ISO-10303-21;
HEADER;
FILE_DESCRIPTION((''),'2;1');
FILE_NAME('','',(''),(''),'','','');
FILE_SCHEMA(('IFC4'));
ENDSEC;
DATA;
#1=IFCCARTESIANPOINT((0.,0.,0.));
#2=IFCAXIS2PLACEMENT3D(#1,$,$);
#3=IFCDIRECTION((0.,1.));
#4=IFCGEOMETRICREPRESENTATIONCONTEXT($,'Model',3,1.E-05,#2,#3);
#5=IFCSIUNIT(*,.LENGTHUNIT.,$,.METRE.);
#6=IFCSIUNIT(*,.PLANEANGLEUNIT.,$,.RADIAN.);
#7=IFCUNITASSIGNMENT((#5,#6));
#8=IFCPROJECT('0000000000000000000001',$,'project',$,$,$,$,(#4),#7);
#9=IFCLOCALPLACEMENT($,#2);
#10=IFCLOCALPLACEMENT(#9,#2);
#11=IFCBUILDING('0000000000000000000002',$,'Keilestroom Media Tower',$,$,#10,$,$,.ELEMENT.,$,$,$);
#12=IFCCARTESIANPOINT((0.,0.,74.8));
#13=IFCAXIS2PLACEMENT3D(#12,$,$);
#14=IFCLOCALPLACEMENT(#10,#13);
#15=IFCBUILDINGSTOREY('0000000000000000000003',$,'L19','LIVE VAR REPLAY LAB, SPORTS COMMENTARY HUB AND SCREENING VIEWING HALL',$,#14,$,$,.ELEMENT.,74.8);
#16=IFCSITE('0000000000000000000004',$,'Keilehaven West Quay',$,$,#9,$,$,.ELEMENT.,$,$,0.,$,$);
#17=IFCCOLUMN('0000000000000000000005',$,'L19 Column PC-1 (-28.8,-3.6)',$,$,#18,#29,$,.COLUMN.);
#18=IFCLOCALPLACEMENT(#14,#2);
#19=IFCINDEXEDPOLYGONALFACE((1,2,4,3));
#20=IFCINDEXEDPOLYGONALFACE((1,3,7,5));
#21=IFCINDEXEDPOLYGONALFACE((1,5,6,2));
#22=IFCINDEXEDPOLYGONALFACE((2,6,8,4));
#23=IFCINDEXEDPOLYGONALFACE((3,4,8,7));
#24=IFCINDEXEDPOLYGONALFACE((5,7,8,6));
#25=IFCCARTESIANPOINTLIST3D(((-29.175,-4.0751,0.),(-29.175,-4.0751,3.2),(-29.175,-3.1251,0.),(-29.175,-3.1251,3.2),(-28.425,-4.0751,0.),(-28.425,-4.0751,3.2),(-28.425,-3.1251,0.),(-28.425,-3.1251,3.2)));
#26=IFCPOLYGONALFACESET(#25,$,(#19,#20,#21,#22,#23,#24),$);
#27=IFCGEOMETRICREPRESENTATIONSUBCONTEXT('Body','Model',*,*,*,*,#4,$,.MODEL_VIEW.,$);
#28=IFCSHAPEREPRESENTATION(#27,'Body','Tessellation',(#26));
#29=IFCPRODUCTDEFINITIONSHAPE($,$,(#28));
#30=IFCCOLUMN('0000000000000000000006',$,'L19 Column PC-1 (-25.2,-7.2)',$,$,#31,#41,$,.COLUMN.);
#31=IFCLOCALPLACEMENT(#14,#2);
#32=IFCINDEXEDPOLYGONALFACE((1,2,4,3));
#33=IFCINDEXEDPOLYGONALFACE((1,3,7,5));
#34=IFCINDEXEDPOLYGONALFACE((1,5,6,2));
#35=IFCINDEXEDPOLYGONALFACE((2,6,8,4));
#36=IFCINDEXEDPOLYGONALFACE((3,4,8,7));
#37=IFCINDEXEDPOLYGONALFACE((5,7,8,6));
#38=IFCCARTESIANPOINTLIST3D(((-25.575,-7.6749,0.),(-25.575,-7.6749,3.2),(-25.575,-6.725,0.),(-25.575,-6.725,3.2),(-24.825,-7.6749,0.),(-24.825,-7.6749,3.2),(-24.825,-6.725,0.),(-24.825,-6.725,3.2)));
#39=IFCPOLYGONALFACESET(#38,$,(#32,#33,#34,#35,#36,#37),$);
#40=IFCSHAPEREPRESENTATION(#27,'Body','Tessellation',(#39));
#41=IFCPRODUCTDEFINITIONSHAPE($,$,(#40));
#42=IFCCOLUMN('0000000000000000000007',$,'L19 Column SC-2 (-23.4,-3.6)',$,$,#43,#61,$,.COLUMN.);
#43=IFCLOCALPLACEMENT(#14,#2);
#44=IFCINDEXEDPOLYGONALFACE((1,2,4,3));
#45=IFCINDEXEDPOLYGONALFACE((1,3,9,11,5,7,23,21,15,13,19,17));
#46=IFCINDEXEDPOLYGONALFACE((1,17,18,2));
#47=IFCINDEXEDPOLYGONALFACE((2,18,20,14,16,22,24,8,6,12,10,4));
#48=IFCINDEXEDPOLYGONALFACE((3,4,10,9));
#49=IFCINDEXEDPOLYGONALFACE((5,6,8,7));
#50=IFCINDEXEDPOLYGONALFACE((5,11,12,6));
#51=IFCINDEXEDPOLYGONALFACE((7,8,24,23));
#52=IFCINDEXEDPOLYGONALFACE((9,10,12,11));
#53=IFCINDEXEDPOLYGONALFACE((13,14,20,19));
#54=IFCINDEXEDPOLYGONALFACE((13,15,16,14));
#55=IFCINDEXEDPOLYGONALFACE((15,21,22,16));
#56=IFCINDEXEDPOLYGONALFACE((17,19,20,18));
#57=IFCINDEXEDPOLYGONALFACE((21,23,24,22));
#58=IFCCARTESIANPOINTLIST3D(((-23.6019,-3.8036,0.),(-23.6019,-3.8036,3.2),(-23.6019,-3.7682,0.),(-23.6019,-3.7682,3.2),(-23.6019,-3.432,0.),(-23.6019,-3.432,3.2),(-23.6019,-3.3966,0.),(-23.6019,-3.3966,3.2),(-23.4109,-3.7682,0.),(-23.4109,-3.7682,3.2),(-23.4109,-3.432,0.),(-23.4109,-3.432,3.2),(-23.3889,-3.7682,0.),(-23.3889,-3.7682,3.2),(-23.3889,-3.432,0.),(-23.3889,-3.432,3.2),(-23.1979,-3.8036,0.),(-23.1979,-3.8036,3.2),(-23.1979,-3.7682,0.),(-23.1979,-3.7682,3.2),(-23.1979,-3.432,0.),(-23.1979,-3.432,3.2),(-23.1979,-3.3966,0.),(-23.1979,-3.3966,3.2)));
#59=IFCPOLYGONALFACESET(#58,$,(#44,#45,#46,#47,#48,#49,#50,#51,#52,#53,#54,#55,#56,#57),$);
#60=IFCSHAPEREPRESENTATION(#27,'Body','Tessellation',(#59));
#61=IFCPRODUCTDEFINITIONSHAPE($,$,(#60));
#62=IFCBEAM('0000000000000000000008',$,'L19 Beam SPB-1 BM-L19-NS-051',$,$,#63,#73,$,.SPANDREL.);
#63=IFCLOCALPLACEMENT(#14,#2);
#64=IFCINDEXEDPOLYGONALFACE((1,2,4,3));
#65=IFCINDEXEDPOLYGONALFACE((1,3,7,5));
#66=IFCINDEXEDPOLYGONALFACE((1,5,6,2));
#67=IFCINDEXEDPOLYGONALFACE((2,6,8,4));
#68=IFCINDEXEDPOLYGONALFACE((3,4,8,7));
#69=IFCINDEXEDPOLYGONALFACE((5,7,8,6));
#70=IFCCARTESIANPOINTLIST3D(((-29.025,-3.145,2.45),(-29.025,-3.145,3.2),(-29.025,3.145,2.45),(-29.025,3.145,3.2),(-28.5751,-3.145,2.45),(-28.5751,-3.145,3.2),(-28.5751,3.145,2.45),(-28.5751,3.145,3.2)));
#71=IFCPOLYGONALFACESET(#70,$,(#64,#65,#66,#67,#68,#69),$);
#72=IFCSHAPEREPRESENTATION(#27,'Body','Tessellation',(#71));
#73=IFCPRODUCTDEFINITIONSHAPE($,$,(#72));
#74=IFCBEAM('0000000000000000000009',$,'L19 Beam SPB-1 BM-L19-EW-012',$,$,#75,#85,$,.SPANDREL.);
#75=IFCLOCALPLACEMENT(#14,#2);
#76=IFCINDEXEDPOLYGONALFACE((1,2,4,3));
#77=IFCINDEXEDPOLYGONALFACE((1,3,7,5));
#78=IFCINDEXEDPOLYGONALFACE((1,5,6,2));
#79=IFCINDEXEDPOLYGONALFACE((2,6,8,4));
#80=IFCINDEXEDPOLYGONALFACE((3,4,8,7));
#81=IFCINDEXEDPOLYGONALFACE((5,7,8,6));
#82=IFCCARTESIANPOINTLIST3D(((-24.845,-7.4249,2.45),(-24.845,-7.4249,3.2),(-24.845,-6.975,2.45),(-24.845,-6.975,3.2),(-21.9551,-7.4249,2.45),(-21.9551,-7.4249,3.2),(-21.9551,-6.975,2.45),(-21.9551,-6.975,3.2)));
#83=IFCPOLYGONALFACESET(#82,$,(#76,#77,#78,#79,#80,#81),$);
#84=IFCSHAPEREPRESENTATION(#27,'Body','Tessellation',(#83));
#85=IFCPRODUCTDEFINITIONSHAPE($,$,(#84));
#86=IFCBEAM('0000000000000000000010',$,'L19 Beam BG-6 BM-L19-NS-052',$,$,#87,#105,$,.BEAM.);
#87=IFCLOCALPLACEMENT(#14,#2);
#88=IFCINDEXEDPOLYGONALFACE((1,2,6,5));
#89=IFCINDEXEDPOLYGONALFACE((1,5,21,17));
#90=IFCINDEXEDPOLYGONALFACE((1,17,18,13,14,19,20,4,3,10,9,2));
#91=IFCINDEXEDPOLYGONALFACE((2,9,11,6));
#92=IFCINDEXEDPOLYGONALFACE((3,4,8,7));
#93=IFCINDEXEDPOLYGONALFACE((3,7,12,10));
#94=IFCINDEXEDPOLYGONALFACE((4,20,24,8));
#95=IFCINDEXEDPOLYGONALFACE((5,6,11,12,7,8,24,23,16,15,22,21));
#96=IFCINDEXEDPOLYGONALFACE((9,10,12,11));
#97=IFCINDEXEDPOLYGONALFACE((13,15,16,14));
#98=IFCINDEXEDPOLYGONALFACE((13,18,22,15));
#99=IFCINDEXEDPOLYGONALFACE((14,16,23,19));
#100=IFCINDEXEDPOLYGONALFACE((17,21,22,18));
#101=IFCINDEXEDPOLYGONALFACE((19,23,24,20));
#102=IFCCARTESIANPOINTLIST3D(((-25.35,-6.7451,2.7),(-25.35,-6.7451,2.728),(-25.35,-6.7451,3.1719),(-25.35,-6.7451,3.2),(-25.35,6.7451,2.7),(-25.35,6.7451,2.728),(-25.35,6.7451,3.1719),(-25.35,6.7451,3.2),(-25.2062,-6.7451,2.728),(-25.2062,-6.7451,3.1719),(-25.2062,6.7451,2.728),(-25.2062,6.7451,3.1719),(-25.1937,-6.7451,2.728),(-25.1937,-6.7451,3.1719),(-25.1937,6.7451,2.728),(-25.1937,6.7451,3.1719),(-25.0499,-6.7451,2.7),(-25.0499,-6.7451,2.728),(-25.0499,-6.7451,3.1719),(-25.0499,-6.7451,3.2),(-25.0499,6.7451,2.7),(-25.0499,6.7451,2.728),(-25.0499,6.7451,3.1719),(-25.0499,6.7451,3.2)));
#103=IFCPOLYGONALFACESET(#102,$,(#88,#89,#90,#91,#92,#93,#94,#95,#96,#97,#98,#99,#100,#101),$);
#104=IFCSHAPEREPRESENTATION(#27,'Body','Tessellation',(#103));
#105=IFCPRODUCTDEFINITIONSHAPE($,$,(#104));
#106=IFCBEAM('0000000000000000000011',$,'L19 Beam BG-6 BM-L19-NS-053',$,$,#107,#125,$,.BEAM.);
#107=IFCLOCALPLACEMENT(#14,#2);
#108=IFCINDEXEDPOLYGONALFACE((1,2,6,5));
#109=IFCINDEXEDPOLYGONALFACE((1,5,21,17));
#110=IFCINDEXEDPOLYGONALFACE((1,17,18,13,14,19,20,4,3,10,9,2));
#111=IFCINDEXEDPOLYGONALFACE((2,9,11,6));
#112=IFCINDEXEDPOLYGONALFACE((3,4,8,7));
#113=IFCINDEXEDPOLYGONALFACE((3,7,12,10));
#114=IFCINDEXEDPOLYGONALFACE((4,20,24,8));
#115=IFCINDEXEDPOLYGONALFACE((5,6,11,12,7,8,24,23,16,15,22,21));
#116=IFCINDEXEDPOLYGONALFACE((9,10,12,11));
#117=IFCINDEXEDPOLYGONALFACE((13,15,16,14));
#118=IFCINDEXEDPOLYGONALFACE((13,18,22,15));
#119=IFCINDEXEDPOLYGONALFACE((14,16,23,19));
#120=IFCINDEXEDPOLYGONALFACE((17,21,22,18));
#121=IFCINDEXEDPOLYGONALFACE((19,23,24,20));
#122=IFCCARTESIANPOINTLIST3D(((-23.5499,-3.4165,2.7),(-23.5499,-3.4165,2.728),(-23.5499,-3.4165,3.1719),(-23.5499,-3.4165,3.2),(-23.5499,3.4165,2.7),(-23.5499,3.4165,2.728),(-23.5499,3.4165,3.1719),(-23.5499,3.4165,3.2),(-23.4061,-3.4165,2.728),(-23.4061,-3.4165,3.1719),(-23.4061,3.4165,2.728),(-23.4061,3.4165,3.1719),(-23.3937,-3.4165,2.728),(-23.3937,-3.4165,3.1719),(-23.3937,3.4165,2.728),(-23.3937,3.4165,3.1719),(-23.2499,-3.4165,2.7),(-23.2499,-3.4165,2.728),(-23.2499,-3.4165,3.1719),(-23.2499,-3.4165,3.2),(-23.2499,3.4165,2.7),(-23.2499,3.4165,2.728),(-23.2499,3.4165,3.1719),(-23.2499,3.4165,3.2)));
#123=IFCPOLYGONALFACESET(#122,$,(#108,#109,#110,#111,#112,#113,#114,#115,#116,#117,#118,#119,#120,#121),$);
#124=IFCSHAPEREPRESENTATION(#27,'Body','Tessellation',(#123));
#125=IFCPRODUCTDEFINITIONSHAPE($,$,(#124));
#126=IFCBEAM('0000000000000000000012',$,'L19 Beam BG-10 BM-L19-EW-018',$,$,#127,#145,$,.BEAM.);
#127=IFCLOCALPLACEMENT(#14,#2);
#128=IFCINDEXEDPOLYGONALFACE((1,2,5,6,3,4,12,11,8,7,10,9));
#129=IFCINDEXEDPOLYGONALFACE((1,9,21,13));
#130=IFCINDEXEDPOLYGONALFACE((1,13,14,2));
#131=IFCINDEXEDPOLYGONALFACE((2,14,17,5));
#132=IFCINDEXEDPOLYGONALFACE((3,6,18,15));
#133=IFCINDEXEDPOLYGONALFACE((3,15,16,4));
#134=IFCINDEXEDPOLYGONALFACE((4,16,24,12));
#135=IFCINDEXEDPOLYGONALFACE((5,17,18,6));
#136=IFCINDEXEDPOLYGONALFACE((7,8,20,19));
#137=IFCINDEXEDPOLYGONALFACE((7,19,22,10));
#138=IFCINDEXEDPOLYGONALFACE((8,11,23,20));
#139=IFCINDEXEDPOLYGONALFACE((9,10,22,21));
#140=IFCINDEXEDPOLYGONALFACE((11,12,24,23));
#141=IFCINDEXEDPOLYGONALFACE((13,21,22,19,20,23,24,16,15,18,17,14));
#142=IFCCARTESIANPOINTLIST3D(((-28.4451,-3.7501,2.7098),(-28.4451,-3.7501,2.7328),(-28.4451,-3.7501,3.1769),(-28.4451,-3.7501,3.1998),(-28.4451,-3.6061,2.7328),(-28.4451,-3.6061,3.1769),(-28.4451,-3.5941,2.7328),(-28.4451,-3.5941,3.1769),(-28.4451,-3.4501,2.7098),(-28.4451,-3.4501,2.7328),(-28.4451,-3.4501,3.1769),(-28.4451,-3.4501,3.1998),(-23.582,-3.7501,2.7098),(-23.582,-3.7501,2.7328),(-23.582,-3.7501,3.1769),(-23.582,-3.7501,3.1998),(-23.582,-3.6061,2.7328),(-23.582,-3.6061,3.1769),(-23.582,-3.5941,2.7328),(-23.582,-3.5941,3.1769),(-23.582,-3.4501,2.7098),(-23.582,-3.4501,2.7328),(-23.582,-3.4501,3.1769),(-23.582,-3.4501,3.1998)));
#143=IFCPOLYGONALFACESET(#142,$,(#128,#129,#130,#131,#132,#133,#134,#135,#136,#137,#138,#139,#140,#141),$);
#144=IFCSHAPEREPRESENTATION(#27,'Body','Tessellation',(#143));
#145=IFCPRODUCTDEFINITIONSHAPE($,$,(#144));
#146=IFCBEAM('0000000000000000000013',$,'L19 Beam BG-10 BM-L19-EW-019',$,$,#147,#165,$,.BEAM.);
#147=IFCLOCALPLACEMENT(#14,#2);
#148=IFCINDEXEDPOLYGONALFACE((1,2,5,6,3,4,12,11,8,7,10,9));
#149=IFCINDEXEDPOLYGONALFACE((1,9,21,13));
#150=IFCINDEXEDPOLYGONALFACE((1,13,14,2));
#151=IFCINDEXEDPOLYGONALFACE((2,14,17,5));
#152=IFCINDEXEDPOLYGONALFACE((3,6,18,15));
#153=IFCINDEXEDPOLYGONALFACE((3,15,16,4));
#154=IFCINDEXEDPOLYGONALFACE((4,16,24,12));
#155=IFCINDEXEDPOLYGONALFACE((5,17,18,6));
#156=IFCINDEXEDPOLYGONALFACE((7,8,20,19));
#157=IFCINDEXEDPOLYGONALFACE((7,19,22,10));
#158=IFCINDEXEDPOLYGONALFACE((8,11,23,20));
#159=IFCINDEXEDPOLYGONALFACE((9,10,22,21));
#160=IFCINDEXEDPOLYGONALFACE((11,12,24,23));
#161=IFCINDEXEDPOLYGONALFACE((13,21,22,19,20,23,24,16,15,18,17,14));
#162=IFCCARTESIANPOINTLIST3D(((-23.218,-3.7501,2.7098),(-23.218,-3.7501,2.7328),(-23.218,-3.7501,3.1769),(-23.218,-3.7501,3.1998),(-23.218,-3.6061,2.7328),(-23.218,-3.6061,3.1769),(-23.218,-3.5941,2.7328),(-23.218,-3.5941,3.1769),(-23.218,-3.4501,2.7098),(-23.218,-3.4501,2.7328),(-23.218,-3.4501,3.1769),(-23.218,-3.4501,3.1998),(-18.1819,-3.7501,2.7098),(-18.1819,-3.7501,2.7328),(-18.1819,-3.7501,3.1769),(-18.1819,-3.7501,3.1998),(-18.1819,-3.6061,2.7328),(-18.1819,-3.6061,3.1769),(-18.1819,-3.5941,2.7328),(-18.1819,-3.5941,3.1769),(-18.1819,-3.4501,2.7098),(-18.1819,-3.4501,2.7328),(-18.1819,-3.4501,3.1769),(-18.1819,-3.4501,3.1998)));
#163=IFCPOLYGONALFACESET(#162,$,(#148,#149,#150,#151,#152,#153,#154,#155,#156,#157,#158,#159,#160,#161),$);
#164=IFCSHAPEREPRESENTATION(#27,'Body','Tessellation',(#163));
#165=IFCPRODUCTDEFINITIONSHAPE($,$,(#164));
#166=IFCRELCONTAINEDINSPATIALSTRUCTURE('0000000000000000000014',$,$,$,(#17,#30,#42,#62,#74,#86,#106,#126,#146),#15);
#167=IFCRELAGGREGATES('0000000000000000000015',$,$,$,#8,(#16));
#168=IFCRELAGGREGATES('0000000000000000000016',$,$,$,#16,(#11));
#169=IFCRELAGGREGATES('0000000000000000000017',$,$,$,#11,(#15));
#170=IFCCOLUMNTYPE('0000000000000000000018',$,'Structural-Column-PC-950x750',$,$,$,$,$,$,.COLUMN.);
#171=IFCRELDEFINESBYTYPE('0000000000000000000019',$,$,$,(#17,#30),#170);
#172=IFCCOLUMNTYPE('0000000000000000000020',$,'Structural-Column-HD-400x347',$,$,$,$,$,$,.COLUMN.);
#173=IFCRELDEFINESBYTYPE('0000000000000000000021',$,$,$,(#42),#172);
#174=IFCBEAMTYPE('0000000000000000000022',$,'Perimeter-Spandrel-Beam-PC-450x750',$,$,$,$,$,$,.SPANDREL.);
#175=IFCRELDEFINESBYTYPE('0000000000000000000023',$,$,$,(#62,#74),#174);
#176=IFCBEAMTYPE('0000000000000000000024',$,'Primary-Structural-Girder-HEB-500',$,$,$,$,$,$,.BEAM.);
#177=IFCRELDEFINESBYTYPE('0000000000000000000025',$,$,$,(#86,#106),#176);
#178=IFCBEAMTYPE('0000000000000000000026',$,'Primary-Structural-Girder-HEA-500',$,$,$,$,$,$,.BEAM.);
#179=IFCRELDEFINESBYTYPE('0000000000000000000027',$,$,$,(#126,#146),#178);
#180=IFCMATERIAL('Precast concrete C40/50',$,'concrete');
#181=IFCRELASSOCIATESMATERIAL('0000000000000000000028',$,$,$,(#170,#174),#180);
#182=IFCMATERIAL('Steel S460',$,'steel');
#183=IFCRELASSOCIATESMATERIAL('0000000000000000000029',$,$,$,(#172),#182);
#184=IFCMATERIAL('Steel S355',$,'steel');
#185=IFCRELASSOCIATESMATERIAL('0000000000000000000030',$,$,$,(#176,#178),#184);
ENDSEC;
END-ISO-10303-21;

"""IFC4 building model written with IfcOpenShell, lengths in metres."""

from ifc_helpers import new_model, si_unit, direction, frame, origin, origin_2d, place, context, subcontext, project, spatial, rectangle, i_section, extrude, source, transform, mapped, material, material_profile, profile_set, type_object, element, save


model = new_model("IFC4")

# Units and contexts
model_context = context("Model", 3, precision=1e-05, world=origin(), true_north=direction((0.0, 1.0)))
body_context = subcontext(model_context, "Body", "Model", "MODEL_VIEW")
ifc_project = project(units=[si_unit("LENGTHUNIT", "METRE"), si_unit("PLANEANGLEUNIT", "RADIAN")], contexts=[model_context])

# Site, building, storey
site_placement = place(None, origin())
site = spatial("IfcSite", under=ifc_project, at=site_placement, Name="Keilehaven West Quay", CompositionType="ELEMENT", RefElevation=0.0)
building_placement = place(site_placement, origin())
building = spatial("IfcBuilding", under=site, at=building_placement, Name="Keilestroom Media Tower", CompositionType="ELEMENT")
storey_placement = place(building_placement, frame((0.0, 0.0, 74.8)))
storey = spatial("IfcBuildingStorey", under=building, at=storey_placement, Name="L19", Description="LIVE VAR REPLAY LAB, SPORTS COMMENTARY HUB AND SCREENING VIEWING HALL", CompositionType="ELEMENT", Elevation=74.8)

# Columns
ifc_material_1 = material(Name="Precast concrete C40/50", Category="concrete")
ifc_material_profile_1 = material_profile(ifc_material_1, rectangle(XDim=0.75, YDim=0.95, at=origin_2d()), Name="PC 950x750")
ifc_profile_set_1 = profile_set([ifc_material_profile_1], Name="Precast concrete C40/50")
column_type_1 = type_object("IfcColumnType", Name="Structural-Column-PC-950x750", PredefinedType="COLUMN", material=ifc_profile_set_1)
shared_shape_1 = source(origin(), body_context, "Body", "SweptSolid", [
    extrude(rectangle(XDim=0.75, YDim=0.95, at=origin_2d()), origin(), (0.0, 0.0, 1.0), 3.2),
])
for number, where, z_axis, x_axis, name in (
    (1, (-28.8, -3.6001, 0.0), (0.0, 0.0, 1.0), (1.0, 0.0, 0.0), "L19 Column PC-1 (-28.8,-3.6)"),
    (2, (-25.2, -7.2, 0.0), (0.0, 0.0, 1.0), (1.0, 0.0, 0.0), "L19 Column PC-1 (-25.2,-7.2)"),
):
    element("IfcColumn", number, at=place(storey_placement, frame(where, z_axis=z_axis, x_axis=x_axis)), inside=storey, type_object=column_type_1, Name=name, PredefinedType="COLUMN", context=body_context, shape_type="MappedRepresentation", body=[
        mapped(shared_shape_1, transform((0.0, 0.0, 0.0), x_axis=(1.0, 0.0, 0.0), y_axis=(0.0, 1.0, 0.0), z_axis=(0.0, 0.0, 1.0), scale=1.0)),
    ])
ifc_material_2 = material(Name="Steel S460", Category="steel")
ifc_material_profile_2 = material_profile(ifc_material_2, i_section(OverallWidth=0.4041, OverallDepth=0.407, WebThickness=0.022, FlangeThickness=0.0354, at=origin_2d()), Name="HD 400x347")
ifc_profile_set_2 = profile_set([ifc_material_profile_2], Name="Steel S460")
column_type_2 = type_object("IfcColumnType", Name="Structural-Column-HD-400x347", PredefinedType="COLUMN", material=ifc_profile_set_2)
shared_shape_2 = source(origin(), body_context, "Body", "SweptSolid", [
    extrude(i_section(OverallWidth=0.4041, OverallDepth=0.407, WebThickness=0.022, FlangeThickness=0.0354, at=origin_2d()), origin(), (0.0, 0.0, 1.0), 3.2),
])
column_placement = place(storey_placement, frame((-23.3999, -3.6001, 0.0), z_axis=(0.0, 0.0, 1.0), x_axis=(1.0, 0.0, 0.0)))
element("IfcColumn", 3, at=column_placement, inside=storey, type_object=column_type_2, Name="L19 Column SC-2 (-23.4,-3.6)", PredefinedType="COLUMN", context=body_context, shape_type="MappedRepresentation", body=[
    mapped(shared_shape_2, transform((0.0, 0.0, 0.0), x_axis=(1.0, 0.0, 0.0), y_axis=(0.0, 1.0, 0.0), z_axis=(0.0, 0.0, 1.0), scale=1.0)),
])

# Beams
ifc_material_profile_3 = material_profile(ifc_material_1, rectangle(XDim=0.45, YDim=0.75, at=origin_2d()), Name="PC 450x750")
ifc_profile_set_3 = profile_set([ifc_material_profile_3], Name="Precast concrete C40/50")
beam_type_1 = type_object("IfcBeamType", Name="Perimeter-Spandrel-Beam-PC-450x750", PredefinedType="SPANDREL", material=ifc_profile_set_3)
shared_shape_3 = source(origin(), body_context, "Body", "SweptSolid", [
    extrude(rectangle(XDim=0.45, YDim=0.75, at=origin_2d()), origin(), (0.0, 0.0, 1.0), 6.29),
])
beam_1_placement = place(storey_placement, frame((-28.8, -3.145, 2.825), z_axis=(0.0, 1.0, 0.0), x_axis=(-1.0, 0.0, 0.0)))
element("IfcBeam", 4, at=beam_1_placement, inside=storey, type_object=beam_type_1, Name="L19 Beam SPB-1 BM-L19-NS-051", PredefinedType="SPANDREL", context=body_context, shape_type="MappedRepresentation", body=[
    mapped(shared_shape_3, transform((0.0, 0.0, 0.0), x_axis=(1.0, 0.0, 0.0), y_axis=(0.0, 1.0, 0.0), z_axis=(0.0, 0.0, 1.0), scale=1.0)),
])
shared_shape_4 = source(origin(), body_context, "Body", "SweptSolid", [
    extrude(rectangle(XDim=0.45, YDim=0.75, at=origin_2d()), origin(), (0.0, 0.0, 1.0), 2.8899),
])
beam_2_placement = place(storey_placement, frame((-24.845, -7.2, 2.825), z_axis=(1.0, 0.0, 0.0), x_axis=(0.0, 1.0, 0.0)))
element("IfcBeam", 5, at=beam_2_placement, inside=storey, type_object=beam_type_1, Name="L19 Beam SPB-1 BM-L19-EW-012", PredefinedType="SPANDREL", context=body_context, shape_type="MappedRepresentation", body=[
    mapped(shared_shape_4, transform((0.0, 0.0, 0.0), x_axis=(1.0, 0.0, 0.0), y_axis=(0.0, 1.0, 0.0), z_axis=(0.0, 0.0, 1.0), scale=1.0)),
])
ifc_material_3 = material(Name="Steel S355", Category="steel")
ifc_material_profile_4 = material_profile(ifc_material_3, i_section(OverallWidth=0.3, OverallDepth=0.5, WebThickness=0.0125, FlangeThickness=0.0281, at=origin_2d()), Name="HEB 500")
ifc_profile_set_4 = profile_set([ifc_material_profile_4], Name="Steel S355")
beam_type_2 = type_object("IfcBeamType", Name="Primary-Structural-Girder-HEB-500", PredefinedType="BEAM", material=ifc_profile_set_4)
shared_shape_5 = source(origin(), body_context, "Body", "SweptSolid", [
    extrude(i_section(OverallWidth=0.3, OverallDepth=0.5, WebThickness=0.0125, FlangeThickness=0.0281, at=origin_2d()), origin(), (0.0, 0.0, 1.0), 13.4902),
])
beam_3_placement = place(storey_placement, frame((-25.2, -6.7451, 2.95), z_axis=(0.0, 1.0, 0.0), x_axis=(-1.0, 0.0, 0.0)))
element("IfcBeam", 6, at=beam_3_placement, inside=storey, type_object=beam_type_2, Name="L19 Beam BG-6 BM-L19-NS-052", PredefinedType="BEAM", context=body_context, shape_type="MappedRepresentation", body=[
    mapped(shared_shape_5, transform((0.0, 0.0, 0.0), x_axis=(1.0, 0.0, 0.0), y_axis=(0.0, 1.0, 0.0), z_axis=(0.0, 0.0, 1.0), scale=1.0)),
])
shared_shape_6 = source(origin(), body_context, "Body", "SweptSolid", [
    extrude(i_section(OverallWidth=0.3, OverallDepth=0.5, WebThickness=0.0125, FlangeThickness=0.0281, at=origin_2d()), origin(), (0.0, 0.0, 1.0), 6.833),
])
beam_4_placement = place(storey_placement, frame((-23.3999, -3.4165, 2.95), z_axis=(0.0, 1.0, 0.0), x_axis=(-1.0, 0.0, 0.0)))
element("IfcBeam", 7, at=beam_4_placement, inside=storey, type_object=beam_type_2, Name="L19 Beam BG-6 BM-L19-NS-053", PredefinedType="BEAM", context=body_context, shape_type="MappedRepresentation", body=[
    mapped(shared_shape_6, transform((0.0, 0.0, 0.0), x_axis=(1.0, 0.0, 0.0), y_axis=(0.0, 1.0, 0.0), z_axis=(0.0, 0.0, 1.0), scale=1.0)),
])
ifc_material_profile_5 = material_profile(ifc_material_3, i_section(OverallWidth=0.3, OverallDepth=0.49, WebThickness=0.012, FlangeThickness=0.0229, at=origin_2d()), Name="HEA 500")
ifc_profile_set_5 = profile_set([ifc_material_profile_5], Name="Steel S355")
beam_type_3 = type_object("IfcBeamType", Name="Primary-Structural-Girder-HEA-500", PredefinedType="BEAM", material=ifc_profile_set_5)
shared_shape_7 = source(origin(), body_context, "Body", "SweptSolid", [
    extrude(i_section(OverallWidth=0.3, OverallDepth=0.49, WebThickness=0.012, FlangeThickness=0.0229, at=origin_2d()), origin(), (0.0, 0.0, 1.0), 4.863),
])
beam_5_placement = place(storey_placement, frame((-28.4451, -3.6001, 2.9548), z_axis=(1.0, 0.0, 0.0), x_axis=(0.0, 1.0, 0.0)))
element("IfcBeam", 8, at=beam_5_placement, inside=storey, type_object=beam_type_3, Name="L19 Beam BG-10 BM-L19-EW-018", PredefinedType="BEAM", context=body_context, shape_type="MappedRepresentation", body=[
    mapped(shared_shape_7, transform((0.0, 0.0, 0.0), x_axis=(1.0, 0.0, 0.0), y_axis=(0.0, 1.0, 0.0), z_axis=(0.0, 0.0, 1.0), scale=1.0)),
])
shared_shape_8 = source(origin(), body_context, "Body", "SweptSolid", [
    extrude(i_section(OverallWidth=0.3, OverallDepth=0.49, WebThickness=0.012, FlangeThickness=0.0229, at=origin_2d()), origin(), (0.0, 0.0, 1.0), 5.0361),
])
beam_6_placement = place(storey_placement, frame((-23.218, -3.6001, 2.9548), z_axis=(1.0, 0.0, 0.0), x_axis=(0.0, 1.0, 0.0)))
element("IfcBeam", 9, at=beam_6_placement, inside=storey, type_object=beam_type_3, Name="L19 Beam BG-10 BM-L19-EW-019", PredefinedType="BEAM", context=body_context, shape_type="MappedRepresentation", body=[
    mapped(shared_shape_8, transform((0.0, 0.0, 0.0), x_axis=(1.0, 0.0, 0.0), y_axis=(0.0, 1.0, 0.0), z_axis=(0.0, 0.0, 1.0), scale=1.0)),
])

save(model, "model.ifc")
